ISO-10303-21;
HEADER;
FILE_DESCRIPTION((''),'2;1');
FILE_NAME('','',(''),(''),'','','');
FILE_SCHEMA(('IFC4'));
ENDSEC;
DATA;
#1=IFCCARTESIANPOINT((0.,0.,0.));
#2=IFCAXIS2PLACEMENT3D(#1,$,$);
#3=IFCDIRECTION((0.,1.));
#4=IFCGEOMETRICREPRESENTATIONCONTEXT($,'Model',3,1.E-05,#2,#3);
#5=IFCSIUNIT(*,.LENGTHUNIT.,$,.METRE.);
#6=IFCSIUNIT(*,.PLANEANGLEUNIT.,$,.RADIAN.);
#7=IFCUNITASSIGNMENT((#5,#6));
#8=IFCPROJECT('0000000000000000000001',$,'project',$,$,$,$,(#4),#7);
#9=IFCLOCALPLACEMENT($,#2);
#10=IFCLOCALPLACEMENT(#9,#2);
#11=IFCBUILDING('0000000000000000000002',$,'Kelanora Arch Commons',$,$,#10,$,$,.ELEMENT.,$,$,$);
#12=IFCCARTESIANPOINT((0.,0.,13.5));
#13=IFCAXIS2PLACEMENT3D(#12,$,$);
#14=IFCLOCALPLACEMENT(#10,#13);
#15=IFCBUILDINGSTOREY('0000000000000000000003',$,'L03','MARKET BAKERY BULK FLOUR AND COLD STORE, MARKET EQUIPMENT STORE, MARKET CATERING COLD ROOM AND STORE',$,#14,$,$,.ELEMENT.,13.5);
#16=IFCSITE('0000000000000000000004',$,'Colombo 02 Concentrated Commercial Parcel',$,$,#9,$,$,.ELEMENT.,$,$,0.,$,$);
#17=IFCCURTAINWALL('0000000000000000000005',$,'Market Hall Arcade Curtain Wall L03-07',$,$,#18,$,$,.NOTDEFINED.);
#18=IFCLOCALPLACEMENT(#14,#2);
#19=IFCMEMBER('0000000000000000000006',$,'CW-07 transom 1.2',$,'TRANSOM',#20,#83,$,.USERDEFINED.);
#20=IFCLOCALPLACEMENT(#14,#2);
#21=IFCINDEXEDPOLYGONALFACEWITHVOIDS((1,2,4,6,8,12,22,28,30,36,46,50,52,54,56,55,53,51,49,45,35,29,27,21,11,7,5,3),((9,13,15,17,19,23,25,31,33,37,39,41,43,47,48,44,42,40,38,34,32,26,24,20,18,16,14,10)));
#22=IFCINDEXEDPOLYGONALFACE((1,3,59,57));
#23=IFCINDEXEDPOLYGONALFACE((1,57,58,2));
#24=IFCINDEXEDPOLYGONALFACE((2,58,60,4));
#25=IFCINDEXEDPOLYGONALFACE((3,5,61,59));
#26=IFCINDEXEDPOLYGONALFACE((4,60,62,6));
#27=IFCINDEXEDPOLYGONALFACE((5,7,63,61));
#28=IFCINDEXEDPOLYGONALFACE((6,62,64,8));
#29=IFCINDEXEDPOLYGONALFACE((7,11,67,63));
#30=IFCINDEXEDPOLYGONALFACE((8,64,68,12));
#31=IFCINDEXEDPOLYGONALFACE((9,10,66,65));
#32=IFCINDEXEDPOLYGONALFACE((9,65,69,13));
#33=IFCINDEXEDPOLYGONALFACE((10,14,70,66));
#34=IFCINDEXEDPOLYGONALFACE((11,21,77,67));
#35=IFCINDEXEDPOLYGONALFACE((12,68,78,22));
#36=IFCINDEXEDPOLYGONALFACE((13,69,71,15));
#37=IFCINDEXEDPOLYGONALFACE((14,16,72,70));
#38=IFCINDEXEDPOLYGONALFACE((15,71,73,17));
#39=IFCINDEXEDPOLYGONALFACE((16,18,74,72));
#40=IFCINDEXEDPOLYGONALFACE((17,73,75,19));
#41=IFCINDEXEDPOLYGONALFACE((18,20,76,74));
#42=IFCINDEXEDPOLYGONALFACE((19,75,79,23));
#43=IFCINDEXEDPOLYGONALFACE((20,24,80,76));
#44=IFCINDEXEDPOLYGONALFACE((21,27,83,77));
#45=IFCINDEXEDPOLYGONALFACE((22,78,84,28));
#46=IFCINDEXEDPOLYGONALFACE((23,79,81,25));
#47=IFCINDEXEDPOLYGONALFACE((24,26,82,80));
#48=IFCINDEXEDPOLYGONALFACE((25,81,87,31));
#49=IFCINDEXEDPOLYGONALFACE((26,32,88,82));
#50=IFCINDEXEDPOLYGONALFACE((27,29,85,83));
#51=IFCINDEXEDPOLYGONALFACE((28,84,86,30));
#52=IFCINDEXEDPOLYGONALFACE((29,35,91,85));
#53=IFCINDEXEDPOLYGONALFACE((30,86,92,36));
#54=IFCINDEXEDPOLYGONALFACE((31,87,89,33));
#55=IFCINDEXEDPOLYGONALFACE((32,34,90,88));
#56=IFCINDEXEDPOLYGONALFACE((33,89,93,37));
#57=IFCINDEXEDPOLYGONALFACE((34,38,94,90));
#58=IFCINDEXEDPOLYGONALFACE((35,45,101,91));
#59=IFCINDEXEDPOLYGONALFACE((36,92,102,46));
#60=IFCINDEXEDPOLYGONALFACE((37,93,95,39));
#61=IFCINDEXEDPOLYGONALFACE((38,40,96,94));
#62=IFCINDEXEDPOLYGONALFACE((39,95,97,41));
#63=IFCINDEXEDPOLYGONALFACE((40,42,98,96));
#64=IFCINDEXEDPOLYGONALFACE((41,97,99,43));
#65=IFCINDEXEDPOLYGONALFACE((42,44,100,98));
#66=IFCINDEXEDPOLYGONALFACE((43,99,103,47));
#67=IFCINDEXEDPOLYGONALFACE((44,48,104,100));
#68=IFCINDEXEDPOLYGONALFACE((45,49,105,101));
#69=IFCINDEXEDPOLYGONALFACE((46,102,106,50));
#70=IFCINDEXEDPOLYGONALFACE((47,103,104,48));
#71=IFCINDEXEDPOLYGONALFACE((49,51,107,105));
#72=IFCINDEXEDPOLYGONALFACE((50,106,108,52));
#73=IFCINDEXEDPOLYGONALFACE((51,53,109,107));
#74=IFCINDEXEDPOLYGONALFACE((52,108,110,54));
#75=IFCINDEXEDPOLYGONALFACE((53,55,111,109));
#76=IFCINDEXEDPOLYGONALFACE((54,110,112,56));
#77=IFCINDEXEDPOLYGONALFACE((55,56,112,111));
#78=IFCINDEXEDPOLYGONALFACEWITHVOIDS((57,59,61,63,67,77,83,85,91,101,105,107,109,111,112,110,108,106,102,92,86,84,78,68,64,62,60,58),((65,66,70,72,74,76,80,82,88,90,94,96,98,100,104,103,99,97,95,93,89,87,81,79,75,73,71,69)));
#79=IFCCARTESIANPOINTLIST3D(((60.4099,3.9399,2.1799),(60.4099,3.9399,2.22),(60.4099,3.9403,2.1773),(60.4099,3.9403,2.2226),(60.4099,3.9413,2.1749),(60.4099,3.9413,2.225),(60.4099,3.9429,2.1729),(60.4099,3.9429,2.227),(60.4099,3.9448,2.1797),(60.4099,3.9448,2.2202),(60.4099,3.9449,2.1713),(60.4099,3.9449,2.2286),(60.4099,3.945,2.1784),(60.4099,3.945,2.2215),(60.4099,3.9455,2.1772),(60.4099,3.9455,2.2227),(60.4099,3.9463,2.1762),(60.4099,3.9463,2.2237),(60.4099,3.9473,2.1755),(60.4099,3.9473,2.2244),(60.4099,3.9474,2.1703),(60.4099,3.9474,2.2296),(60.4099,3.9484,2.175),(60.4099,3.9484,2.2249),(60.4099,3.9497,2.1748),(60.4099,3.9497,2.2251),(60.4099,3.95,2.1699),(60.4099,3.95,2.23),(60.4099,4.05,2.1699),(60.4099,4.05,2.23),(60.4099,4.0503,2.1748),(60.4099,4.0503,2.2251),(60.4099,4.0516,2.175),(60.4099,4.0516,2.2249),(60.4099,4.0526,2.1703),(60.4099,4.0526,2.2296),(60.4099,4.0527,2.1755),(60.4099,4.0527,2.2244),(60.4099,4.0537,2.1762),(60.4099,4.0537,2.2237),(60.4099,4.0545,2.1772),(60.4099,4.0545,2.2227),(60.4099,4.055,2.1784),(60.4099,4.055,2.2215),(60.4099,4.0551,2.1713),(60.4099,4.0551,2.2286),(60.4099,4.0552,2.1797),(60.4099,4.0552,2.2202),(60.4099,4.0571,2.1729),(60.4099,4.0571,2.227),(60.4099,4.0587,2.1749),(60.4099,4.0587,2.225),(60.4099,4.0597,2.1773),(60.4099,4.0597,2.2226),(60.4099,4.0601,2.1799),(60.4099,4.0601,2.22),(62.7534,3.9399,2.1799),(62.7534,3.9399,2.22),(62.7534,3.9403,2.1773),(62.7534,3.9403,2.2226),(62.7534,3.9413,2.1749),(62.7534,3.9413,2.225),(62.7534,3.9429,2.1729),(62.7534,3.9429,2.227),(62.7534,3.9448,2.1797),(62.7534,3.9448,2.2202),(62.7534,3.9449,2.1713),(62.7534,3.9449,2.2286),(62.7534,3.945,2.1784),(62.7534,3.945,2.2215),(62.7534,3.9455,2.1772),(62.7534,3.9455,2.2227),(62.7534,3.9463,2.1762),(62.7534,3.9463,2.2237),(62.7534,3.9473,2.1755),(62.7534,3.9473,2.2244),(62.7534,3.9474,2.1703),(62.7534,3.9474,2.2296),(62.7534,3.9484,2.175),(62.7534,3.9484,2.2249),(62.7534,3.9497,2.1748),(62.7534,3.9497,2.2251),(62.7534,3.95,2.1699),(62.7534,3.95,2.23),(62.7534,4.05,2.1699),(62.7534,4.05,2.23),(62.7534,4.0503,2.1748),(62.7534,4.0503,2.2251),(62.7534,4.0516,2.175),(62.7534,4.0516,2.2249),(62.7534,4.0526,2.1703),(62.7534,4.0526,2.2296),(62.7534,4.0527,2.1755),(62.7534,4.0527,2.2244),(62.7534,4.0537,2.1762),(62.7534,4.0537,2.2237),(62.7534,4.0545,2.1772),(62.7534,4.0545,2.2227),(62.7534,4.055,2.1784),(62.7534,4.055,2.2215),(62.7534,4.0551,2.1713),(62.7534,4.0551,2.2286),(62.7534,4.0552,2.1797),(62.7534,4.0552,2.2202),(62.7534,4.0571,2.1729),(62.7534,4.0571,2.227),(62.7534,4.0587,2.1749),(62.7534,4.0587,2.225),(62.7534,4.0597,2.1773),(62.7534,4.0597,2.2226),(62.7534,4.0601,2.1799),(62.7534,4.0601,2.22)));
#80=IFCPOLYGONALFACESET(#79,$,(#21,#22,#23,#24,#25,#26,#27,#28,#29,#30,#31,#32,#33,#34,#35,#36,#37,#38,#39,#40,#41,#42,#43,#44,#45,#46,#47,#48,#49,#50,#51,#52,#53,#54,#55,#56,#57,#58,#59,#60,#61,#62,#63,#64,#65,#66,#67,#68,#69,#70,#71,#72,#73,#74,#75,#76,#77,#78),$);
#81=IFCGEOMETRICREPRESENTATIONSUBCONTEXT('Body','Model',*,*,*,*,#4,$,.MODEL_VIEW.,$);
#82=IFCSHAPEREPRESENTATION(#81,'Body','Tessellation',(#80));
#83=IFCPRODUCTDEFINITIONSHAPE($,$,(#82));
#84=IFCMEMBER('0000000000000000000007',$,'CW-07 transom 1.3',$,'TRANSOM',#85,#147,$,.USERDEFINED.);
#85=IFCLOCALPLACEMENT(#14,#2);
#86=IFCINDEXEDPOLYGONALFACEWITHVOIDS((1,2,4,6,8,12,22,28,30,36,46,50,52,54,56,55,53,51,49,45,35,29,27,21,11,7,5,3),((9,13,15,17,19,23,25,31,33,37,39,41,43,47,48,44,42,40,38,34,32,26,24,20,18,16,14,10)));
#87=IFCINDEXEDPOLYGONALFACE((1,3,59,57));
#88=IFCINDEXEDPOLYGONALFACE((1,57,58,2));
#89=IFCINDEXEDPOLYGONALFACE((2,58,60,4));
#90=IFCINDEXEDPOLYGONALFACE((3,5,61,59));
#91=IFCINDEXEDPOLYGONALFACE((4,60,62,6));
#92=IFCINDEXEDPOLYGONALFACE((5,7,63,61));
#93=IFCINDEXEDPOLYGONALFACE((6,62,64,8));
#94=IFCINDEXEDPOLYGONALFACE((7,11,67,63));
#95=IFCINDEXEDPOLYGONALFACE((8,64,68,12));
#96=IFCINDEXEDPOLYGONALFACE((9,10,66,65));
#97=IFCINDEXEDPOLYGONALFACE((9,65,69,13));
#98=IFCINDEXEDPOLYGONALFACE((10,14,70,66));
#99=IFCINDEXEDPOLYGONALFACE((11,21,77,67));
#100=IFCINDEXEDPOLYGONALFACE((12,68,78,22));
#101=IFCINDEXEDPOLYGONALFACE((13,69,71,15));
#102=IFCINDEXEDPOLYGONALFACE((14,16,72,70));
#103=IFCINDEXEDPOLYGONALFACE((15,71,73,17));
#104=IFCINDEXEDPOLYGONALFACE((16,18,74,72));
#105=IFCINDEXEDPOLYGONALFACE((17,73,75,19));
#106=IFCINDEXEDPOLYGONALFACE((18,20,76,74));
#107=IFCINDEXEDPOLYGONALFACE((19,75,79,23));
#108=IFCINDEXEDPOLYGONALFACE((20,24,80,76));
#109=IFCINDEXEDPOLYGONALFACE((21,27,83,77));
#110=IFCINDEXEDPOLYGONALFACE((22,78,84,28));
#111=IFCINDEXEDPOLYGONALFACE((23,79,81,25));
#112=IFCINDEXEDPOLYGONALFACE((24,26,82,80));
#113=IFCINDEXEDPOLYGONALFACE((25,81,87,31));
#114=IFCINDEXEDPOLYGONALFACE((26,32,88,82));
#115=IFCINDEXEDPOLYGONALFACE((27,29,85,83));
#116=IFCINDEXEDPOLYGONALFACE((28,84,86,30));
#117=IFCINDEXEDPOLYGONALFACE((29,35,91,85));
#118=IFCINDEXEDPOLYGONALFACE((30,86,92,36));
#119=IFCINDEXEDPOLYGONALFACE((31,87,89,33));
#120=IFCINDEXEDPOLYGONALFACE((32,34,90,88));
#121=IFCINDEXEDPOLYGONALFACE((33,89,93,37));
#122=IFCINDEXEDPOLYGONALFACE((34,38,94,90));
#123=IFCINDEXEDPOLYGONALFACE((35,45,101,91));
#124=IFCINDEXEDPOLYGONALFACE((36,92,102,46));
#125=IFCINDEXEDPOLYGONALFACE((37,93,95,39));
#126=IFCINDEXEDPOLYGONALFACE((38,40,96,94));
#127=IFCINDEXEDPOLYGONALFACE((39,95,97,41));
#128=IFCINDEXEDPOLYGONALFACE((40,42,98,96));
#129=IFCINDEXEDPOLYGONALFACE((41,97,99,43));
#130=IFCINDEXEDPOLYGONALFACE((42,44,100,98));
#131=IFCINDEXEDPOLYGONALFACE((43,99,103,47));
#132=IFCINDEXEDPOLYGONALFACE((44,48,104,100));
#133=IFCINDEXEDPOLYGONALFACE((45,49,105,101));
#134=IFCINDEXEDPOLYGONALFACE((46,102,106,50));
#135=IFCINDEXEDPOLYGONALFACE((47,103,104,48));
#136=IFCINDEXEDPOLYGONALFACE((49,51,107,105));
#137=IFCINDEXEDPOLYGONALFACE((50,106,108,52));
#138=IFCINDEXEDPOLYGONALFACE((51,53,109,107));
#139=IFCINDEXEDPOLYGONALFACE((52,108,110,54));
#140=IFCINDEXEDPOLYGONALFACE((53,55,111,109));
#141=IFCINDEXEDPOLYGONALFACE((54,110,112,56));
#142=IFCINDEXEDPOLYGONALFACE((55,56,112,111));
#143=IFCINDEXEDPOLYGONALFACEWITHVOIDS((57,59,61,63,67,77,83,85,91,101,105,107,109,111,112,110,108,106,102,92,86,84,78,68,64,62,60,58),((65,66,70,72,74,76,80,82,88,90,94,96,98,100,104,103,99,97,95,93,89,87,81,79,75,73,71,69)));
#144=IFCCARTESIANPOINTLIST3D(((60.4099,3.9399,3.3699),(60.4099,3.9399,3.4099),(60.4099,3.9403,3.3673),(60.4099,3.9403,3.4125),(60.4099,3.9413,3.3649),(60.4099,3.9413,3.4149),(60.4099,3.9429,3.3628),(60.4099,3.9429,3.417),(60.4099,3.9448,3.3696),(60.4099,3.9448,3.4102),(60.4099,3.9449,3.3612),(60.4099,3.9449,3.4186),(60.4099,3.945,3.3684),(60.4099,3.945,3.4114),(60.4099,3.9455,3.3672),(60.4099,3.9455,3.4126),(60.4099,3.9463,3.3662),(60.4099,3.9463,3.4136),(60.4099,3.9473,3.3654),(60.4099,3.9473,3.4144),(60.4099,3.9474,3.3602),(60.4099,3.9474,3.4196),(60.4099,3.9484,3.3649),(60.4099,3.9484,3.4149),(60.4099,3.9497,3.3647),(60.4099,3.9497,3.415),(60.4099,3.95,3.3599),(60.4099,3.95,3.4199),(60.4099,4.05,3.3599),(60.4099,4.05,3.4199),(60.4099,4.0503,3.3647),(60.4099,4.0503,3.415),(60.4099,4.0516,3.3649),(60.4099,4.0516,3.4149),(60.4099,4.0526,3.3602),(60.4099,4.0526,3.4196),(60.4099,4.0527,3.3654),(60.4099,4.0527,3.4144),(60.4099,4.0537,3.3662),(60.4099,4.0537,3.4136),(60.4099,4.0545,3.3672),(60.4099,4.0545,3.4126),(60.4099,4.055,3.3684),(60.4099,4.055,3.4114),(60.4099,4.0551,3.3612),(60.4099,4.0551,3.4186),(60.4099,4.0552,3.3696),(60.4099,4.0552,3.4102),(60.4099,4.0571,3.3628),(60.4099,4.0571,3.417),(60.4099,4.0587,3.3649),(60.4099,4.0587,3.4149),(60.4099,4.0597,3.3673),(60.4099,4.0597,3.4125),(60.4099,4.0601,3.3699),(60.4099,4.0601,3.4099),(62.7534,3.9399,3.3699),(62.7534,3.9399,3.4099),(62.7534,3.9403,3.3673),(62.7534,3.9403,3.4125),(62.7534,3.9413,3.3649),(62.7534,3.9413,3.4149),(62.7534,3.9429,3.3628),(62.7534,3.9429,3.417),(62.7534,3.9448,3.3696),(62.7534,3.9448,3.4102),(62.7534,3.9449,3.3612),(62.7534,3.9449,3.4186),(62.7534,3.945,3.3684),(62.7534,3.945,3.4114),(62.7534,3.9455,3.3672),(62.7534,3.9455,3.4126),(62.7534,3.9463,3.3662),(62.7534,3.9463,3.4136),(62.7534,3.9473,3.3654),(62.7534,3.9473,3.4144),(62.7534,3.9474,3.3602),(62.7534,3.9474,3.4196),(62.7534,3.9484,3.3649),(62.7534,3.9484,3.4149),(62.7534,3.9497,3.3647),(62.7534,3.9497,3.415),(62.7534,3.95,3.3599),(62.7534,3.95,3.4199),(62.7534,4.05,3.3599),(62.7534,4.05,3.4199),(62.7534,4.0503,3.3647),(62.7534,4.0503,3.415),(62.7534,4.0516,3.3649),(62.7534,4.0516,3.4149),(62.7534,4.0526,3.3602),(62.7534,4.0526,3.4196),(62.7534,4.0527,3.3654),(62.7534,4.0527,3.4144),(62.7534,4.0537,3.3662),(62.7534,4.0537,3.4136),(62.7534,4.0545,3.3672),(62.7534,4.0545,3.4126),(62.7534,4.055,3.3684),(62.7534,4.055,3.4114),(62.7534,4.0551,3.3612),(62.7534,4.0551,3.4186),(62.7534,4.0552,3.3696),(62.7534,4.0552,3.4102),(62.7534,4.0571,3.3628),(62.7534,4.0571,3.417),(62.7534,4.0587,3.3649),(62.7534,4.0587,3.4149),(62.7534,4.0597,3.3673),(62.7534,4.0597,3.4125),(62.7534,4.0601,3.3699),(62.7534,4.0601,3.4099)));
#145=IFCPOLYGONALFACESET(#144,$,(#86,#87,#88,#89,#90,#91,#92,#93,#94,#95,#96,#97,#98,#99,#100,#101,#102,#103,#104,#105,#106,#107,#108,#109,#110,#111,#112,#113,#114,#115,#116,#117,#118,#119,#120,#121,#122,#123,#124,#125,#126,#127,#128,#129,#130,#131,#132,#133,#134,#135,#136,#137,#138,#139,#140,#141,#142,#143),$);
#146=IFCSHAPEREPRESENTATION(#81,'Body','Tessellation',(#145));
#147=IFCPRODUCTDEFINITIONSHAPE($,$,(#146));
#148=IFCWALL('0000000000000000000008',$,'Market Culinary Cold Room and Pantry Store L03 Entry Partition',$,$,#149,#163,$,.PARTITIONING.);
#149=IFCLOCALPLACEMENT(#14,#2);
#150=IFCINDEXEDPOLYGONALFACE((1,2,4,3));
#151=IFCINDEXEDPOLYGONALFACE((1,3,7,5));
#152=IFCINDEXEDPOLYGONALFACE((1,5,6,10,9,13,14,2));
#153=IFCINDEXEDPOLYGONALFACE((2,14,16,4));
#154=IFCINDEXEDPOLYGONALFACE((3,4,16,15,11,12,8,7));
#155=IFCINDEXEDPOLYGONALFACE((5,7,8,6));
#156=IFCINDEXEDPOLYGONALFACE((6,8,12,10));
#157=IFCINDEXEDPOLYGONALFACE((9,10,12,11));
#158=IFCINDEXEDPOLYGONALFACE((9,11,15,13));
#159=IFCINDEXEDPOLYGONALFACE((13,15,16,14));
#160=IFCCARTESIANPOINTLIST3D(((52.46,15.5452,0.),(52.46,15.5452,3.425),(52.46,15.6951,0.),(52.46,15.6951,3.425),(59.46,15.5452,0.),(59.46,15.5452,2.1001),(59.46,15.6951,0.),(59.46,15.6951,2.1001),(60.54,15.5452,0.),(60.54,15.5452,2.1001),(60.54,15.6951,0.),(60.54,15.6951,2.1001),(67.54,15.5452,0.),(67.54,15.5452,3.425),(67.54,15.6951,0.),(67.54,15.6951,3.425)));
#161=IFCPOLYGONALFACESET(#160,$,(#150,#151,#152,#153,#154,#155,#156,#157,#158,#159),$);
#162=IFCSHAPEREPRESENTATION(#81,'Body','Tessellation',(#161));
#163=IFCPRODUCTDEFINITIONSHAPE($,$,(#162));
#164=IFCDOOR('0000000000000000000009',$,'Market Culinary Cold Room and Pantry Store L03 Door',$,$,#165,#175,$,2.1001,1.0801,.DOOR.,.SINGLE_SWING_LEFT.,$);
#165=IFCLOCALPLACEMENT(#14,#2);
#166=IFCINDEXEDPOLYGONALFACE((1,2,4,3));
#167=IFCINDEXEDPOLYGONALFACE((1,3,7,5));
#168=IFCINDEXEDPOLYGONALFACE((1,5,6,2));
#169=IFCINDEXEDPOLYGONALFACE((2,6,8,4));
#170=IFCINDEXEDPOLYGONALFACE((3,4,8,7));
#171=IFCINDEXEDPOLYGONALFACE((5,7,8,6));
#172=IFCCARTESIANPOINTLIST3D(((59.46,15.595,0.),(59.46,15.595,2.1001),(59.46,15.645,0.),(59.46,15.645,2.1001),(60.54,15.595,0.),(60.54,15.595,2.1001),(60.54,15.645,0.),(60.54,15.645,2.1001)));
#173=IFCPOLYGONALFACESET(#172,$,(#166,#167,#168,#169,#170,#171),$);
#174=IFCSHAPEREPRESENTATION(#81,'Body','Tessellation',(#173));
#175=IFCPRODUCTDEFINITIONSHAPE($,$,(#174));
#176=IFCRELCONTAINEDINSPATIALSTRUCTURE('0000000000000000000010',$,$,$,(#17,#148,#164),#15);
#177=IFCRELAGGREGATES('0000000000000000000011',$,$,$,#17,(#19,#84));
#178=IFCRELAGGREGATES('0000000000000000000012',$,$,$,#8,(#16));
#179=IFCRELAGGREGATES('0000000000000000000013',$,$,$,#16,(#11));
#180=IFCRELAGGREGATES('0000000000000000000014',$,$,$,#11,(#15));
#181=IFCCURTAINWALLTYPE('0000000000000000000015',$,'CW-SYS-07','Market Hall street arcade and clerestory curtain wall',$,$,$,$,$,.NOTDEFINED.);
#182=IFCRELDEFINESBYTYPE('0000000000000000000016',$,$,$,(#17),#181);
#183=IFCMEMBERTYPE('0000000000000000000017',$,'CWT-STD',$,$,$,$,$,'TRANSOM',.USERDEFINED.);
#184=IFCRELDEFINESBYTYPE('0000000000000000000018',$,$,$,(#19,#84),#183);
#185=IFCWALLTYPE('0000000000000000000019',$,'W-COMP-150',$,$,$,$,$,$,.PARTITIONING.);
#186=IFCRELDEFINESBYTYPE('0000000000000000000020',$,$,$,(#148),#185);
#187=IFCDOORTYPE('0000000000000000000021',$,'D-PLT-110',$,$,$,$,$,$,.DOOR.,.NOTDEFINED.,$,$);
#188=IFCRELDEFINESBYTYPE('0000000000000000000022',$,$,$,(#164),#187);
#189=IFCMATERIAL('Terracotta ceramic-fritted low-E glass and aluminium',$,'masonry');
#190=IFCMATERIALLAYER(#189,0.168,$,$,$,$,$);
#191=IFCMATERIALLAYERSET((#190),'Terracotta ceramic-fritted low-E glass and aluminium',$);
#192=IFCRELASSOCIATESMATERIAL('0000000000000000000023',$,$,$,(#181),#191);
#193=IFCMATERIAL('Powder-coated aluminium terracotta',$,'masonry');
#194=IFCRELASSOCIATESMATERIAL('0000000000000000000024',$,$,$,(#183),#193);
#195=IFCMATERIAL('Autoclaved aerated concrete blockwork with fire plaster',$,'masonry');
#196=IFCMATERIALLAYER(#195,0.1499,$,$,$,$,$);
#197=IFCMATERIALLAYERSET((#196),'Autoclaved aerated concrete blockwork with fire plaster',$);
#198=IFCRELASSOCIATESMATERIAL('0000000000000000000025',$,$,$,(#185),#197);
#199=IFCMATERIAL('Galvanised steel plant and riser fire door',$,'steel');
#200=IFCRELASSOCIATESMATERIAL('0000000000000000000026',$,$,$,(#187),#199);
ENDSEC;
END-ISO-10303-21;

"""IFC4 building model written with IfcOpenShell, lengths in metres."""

from ifc_helpers import new_model, si_unit, direction, frame, frame_2d, origin, origin_2d, place, context, subcontext, project, spatial, rectangle, hollow_rectangle, extrude, material, layer, layer_set, material_profile, profile_set, type_object, element, fill, aggregate, save


model = new_model("IFC4")

# Units and contexts
model_context = context("Model", 3, precision=1e-05, world=origin(), true_north=direction((0.0, 1.0)))
body_context = subcontext(model_context, "Body", "Model", "MODEL_VIEW")
ifc_project = project(units=[si_unit("LENGTHUNIT", "METRE"), si_unit("PLANEANGLEUNIT", "RADIAN")], contexts=[model_context])

# Site, building, storey
site_placement = place(None, origin())
site = spatial("IfcSite", under=ifc_project, at=site_placement, Name="Colombo 02 Concentrated Commercial Parcel", CompositionType="ELEMENT", RefElevation=0.0)
building_placement = place(site_placement, origin())
building = spatial("IfcBuilding", under=site, at=building_placement, Name="Kelanora Arch Commons", CompositionType="ELEMENT")
storey_placement = place(building_placement, frame((0.0, 0.0, 13.5)))
storey = spatial("IfcBuildingStorey", under=building, at=storey_placement, Name="L03", Description="MARKET BAKERY BULK FLOUR AND COLD STORE, MARKET EQUIPMENT STORE, MARKET CATERING COLD ROOM AND STORE", CompositionType="ELEMENT", Elevation=13.5)

# Curtain wall, members
ifc_material_1 = material(Name="Terracotta ceramic-fritted low-E glass and aluminium", Category="masonry")
ifc_layer_1 = layer(ifc_material_1, 0.168)
ifc_layer_set_1 = layer_set([ifc_layer_1], Name="Terracotta ceramic-fritted low-E glass and aluminium")
curtain_wall_type = type_object("IfcCurtainWallType", Name="CW-SYS-07", Description="Market Hall street arcade and clerestory curtain wall", PredefinedType="NOTDEFINED", material=ifc_layer_set_1)
curtain_wall_placement = place(storey_placement, origin())
curtain_wall = element("IfcCurtainWall", 1, at=curtain_wall_placement, inside=storey, type_object=curtain_wall_type, Name="Market Hall Arcade Curtain Wall L03-07", PredefinedType="NOTDEFINED")
ifc_material_2 = material(Name="Powder-coated aluminium terracotta", Category="masonry")
ifc_material_profile_1 = material_profile(ifc_material_2, hollow_rectangle(XDim=0.1201, YDim=0.0601, WallThickness=0.0049, InnerFilletRadius=0.0049, OuterFilletRadius=0.01, at=origin_2d()), Name="CWT120x60")
ifc_profile_set_1 = profile_set([ifc_material_profile_1], Name="Powder-coated aluminium terracotta")
member_type_1 = type_object("IfcMemberType", Name="CWT-STD", ElementType="TRANSOM", PredefinedType="USERDEFINED", material=ifc_profile_set_1)
member_1_placement = place(storey_placement, frame((60.4099, 4.0, 2.2), z_axis=(1.0, 0.0, 0.0), x_axis=(0.0, 1.0, 0.0)))
member_1 = element("IfcMember", 2, at=member_1_placement, type_object=member_type_1, Name="CW-07 transom 1.2", ObjectType="TRANSOM", PredefinedType="USERDEFINED", context=body_context, shape_type="SweptSolid", body=[
    extrude(hollow_rectangle(XDim=0.1201, YDim=0.0601, WallThickness=0.0049, InnerFilletRadius=0.0049, OuterFilletRadius=0.01, at=origin_2d()), origin(), (0.0, 0.0, 1.0), 2.3435),
])
member_2_placement = place(storey_placement, frame((60.4099, 4.0, 3.3899), z_axis=(1.0, 0.0, 0.0), x_axis=(0.0, 1.0, 0.0)))
member_2 = element("IfcMember", 3, at=member_2_placement, type_object=member_type_1, Name="CW-07 transom 1.3", ObjectType="TRANSOM", PredefinedType="USERDEFINED", context=body_context, shape_type="SweptSolid", body=[
    extrude(hollow_rectangle(XDim=0.1201, YDim=0.0601, WallThickness=0.0049, InnerFilletRadius=0.0049, OuterFilletRadius=0.01, at=origin_2d()), origin(), (0.0, 0.0, 1.0), 2.3435),
])
aggregate(curtain_wall, [member_1, member_2])

# Wall, opening, door
ifc_material_3 = material(Name="Autoclaved aerated concrete blockwork with fire plaster", Category="masonry")
ifc_layer_2 = layer(ifc_material_3, 0.1499)
ifc_layer_set_2 = layer_set([ifc_layer_2], Name="Autoclaved aerated concrete blockwork with fire plaster")
wall_type_1 = type_object("IfcWallType", Name="W-COMP-150", PredefinedType="PARTITIONING", material=ifc_layer_set_2)
wall_1_placement = place(storey_placement, frame((52.46, 15.6201, 0.0), z_axis=(0.0, 0.0, 1.0), x_axis=(1.0, 0.0, 0.0)))
wall_1 = element("IfcWall", 4, at=wall_1_placement, inside=storey, type_object=wall_type_1, Name="Market Culinary Cold Room and Pantry Store L03 Entry Partition", PredefinedType="PARTITIONING", context=body_context, shape_type="SweptSolid", body=[
    extrude(rectangle(XDim=15.0801, YDim=0.1499, at=frame_2d((7.54, 0.0))), origin(), (0.0, 0.0, 1.0), 3.425),
])
opening_1_placement = place(wall_1_placement, frame((7.0, 0.0, 0.0)))
opening_1 = element("IfcOpeningElement", 5, at=opening_1_placement, cuts=wall_1, PredefinedType="OPENING", context=body_context, shape_type="SweptSolid", body=[
    extrude(rectangle(XDim=1.0801, YDim=2.1001, at=frame_2d((0.54, 1.05))), frame((0.0, 0.085, 0.0), z_axis=(0.0, -1.0, 0.0), x_axis=(1.0, 0.0, 0.0)), (0.0, 0.0, 1.0), 0.1699),
])
ifc_material_4 = material(Name="Galvanised steel plant and riser fire door", Category="steel")
door_type = type_object("IfcDoorType", Name="D-PLT-110", OperationType="NOTDEFINED", PredefinedType="DOOR", material=ifc_material_4)
door_placement = place(opening_1_placement, origin())
door = element("IfcDoor", 6, at=door_placement, inside=storey, type_object=door_type, Name="Market Culinary Cold Room and Pantry Store L03 Door", OperationType="SINGLE_SWING_LEFT", OverallHeight=2.1001, OverallWidth=1.0801, PredefinedType="DOOR", context=body_context, shape_type="SweptSolid", body=[
    extrude(rectangle(XDim=1.0801, YDim=2.1001, at=frame_2d((0.54, 1.05))), frame((0.0, 0.0249, 0.0), z_axis=(0.0, -1.0, 0.0), x_axis=(1.0, 0.0, 0.0)), (0.0, 0.0, 1.0), 0.05),
])
fill(opening_1, door)

save(model, "model.ifc")
